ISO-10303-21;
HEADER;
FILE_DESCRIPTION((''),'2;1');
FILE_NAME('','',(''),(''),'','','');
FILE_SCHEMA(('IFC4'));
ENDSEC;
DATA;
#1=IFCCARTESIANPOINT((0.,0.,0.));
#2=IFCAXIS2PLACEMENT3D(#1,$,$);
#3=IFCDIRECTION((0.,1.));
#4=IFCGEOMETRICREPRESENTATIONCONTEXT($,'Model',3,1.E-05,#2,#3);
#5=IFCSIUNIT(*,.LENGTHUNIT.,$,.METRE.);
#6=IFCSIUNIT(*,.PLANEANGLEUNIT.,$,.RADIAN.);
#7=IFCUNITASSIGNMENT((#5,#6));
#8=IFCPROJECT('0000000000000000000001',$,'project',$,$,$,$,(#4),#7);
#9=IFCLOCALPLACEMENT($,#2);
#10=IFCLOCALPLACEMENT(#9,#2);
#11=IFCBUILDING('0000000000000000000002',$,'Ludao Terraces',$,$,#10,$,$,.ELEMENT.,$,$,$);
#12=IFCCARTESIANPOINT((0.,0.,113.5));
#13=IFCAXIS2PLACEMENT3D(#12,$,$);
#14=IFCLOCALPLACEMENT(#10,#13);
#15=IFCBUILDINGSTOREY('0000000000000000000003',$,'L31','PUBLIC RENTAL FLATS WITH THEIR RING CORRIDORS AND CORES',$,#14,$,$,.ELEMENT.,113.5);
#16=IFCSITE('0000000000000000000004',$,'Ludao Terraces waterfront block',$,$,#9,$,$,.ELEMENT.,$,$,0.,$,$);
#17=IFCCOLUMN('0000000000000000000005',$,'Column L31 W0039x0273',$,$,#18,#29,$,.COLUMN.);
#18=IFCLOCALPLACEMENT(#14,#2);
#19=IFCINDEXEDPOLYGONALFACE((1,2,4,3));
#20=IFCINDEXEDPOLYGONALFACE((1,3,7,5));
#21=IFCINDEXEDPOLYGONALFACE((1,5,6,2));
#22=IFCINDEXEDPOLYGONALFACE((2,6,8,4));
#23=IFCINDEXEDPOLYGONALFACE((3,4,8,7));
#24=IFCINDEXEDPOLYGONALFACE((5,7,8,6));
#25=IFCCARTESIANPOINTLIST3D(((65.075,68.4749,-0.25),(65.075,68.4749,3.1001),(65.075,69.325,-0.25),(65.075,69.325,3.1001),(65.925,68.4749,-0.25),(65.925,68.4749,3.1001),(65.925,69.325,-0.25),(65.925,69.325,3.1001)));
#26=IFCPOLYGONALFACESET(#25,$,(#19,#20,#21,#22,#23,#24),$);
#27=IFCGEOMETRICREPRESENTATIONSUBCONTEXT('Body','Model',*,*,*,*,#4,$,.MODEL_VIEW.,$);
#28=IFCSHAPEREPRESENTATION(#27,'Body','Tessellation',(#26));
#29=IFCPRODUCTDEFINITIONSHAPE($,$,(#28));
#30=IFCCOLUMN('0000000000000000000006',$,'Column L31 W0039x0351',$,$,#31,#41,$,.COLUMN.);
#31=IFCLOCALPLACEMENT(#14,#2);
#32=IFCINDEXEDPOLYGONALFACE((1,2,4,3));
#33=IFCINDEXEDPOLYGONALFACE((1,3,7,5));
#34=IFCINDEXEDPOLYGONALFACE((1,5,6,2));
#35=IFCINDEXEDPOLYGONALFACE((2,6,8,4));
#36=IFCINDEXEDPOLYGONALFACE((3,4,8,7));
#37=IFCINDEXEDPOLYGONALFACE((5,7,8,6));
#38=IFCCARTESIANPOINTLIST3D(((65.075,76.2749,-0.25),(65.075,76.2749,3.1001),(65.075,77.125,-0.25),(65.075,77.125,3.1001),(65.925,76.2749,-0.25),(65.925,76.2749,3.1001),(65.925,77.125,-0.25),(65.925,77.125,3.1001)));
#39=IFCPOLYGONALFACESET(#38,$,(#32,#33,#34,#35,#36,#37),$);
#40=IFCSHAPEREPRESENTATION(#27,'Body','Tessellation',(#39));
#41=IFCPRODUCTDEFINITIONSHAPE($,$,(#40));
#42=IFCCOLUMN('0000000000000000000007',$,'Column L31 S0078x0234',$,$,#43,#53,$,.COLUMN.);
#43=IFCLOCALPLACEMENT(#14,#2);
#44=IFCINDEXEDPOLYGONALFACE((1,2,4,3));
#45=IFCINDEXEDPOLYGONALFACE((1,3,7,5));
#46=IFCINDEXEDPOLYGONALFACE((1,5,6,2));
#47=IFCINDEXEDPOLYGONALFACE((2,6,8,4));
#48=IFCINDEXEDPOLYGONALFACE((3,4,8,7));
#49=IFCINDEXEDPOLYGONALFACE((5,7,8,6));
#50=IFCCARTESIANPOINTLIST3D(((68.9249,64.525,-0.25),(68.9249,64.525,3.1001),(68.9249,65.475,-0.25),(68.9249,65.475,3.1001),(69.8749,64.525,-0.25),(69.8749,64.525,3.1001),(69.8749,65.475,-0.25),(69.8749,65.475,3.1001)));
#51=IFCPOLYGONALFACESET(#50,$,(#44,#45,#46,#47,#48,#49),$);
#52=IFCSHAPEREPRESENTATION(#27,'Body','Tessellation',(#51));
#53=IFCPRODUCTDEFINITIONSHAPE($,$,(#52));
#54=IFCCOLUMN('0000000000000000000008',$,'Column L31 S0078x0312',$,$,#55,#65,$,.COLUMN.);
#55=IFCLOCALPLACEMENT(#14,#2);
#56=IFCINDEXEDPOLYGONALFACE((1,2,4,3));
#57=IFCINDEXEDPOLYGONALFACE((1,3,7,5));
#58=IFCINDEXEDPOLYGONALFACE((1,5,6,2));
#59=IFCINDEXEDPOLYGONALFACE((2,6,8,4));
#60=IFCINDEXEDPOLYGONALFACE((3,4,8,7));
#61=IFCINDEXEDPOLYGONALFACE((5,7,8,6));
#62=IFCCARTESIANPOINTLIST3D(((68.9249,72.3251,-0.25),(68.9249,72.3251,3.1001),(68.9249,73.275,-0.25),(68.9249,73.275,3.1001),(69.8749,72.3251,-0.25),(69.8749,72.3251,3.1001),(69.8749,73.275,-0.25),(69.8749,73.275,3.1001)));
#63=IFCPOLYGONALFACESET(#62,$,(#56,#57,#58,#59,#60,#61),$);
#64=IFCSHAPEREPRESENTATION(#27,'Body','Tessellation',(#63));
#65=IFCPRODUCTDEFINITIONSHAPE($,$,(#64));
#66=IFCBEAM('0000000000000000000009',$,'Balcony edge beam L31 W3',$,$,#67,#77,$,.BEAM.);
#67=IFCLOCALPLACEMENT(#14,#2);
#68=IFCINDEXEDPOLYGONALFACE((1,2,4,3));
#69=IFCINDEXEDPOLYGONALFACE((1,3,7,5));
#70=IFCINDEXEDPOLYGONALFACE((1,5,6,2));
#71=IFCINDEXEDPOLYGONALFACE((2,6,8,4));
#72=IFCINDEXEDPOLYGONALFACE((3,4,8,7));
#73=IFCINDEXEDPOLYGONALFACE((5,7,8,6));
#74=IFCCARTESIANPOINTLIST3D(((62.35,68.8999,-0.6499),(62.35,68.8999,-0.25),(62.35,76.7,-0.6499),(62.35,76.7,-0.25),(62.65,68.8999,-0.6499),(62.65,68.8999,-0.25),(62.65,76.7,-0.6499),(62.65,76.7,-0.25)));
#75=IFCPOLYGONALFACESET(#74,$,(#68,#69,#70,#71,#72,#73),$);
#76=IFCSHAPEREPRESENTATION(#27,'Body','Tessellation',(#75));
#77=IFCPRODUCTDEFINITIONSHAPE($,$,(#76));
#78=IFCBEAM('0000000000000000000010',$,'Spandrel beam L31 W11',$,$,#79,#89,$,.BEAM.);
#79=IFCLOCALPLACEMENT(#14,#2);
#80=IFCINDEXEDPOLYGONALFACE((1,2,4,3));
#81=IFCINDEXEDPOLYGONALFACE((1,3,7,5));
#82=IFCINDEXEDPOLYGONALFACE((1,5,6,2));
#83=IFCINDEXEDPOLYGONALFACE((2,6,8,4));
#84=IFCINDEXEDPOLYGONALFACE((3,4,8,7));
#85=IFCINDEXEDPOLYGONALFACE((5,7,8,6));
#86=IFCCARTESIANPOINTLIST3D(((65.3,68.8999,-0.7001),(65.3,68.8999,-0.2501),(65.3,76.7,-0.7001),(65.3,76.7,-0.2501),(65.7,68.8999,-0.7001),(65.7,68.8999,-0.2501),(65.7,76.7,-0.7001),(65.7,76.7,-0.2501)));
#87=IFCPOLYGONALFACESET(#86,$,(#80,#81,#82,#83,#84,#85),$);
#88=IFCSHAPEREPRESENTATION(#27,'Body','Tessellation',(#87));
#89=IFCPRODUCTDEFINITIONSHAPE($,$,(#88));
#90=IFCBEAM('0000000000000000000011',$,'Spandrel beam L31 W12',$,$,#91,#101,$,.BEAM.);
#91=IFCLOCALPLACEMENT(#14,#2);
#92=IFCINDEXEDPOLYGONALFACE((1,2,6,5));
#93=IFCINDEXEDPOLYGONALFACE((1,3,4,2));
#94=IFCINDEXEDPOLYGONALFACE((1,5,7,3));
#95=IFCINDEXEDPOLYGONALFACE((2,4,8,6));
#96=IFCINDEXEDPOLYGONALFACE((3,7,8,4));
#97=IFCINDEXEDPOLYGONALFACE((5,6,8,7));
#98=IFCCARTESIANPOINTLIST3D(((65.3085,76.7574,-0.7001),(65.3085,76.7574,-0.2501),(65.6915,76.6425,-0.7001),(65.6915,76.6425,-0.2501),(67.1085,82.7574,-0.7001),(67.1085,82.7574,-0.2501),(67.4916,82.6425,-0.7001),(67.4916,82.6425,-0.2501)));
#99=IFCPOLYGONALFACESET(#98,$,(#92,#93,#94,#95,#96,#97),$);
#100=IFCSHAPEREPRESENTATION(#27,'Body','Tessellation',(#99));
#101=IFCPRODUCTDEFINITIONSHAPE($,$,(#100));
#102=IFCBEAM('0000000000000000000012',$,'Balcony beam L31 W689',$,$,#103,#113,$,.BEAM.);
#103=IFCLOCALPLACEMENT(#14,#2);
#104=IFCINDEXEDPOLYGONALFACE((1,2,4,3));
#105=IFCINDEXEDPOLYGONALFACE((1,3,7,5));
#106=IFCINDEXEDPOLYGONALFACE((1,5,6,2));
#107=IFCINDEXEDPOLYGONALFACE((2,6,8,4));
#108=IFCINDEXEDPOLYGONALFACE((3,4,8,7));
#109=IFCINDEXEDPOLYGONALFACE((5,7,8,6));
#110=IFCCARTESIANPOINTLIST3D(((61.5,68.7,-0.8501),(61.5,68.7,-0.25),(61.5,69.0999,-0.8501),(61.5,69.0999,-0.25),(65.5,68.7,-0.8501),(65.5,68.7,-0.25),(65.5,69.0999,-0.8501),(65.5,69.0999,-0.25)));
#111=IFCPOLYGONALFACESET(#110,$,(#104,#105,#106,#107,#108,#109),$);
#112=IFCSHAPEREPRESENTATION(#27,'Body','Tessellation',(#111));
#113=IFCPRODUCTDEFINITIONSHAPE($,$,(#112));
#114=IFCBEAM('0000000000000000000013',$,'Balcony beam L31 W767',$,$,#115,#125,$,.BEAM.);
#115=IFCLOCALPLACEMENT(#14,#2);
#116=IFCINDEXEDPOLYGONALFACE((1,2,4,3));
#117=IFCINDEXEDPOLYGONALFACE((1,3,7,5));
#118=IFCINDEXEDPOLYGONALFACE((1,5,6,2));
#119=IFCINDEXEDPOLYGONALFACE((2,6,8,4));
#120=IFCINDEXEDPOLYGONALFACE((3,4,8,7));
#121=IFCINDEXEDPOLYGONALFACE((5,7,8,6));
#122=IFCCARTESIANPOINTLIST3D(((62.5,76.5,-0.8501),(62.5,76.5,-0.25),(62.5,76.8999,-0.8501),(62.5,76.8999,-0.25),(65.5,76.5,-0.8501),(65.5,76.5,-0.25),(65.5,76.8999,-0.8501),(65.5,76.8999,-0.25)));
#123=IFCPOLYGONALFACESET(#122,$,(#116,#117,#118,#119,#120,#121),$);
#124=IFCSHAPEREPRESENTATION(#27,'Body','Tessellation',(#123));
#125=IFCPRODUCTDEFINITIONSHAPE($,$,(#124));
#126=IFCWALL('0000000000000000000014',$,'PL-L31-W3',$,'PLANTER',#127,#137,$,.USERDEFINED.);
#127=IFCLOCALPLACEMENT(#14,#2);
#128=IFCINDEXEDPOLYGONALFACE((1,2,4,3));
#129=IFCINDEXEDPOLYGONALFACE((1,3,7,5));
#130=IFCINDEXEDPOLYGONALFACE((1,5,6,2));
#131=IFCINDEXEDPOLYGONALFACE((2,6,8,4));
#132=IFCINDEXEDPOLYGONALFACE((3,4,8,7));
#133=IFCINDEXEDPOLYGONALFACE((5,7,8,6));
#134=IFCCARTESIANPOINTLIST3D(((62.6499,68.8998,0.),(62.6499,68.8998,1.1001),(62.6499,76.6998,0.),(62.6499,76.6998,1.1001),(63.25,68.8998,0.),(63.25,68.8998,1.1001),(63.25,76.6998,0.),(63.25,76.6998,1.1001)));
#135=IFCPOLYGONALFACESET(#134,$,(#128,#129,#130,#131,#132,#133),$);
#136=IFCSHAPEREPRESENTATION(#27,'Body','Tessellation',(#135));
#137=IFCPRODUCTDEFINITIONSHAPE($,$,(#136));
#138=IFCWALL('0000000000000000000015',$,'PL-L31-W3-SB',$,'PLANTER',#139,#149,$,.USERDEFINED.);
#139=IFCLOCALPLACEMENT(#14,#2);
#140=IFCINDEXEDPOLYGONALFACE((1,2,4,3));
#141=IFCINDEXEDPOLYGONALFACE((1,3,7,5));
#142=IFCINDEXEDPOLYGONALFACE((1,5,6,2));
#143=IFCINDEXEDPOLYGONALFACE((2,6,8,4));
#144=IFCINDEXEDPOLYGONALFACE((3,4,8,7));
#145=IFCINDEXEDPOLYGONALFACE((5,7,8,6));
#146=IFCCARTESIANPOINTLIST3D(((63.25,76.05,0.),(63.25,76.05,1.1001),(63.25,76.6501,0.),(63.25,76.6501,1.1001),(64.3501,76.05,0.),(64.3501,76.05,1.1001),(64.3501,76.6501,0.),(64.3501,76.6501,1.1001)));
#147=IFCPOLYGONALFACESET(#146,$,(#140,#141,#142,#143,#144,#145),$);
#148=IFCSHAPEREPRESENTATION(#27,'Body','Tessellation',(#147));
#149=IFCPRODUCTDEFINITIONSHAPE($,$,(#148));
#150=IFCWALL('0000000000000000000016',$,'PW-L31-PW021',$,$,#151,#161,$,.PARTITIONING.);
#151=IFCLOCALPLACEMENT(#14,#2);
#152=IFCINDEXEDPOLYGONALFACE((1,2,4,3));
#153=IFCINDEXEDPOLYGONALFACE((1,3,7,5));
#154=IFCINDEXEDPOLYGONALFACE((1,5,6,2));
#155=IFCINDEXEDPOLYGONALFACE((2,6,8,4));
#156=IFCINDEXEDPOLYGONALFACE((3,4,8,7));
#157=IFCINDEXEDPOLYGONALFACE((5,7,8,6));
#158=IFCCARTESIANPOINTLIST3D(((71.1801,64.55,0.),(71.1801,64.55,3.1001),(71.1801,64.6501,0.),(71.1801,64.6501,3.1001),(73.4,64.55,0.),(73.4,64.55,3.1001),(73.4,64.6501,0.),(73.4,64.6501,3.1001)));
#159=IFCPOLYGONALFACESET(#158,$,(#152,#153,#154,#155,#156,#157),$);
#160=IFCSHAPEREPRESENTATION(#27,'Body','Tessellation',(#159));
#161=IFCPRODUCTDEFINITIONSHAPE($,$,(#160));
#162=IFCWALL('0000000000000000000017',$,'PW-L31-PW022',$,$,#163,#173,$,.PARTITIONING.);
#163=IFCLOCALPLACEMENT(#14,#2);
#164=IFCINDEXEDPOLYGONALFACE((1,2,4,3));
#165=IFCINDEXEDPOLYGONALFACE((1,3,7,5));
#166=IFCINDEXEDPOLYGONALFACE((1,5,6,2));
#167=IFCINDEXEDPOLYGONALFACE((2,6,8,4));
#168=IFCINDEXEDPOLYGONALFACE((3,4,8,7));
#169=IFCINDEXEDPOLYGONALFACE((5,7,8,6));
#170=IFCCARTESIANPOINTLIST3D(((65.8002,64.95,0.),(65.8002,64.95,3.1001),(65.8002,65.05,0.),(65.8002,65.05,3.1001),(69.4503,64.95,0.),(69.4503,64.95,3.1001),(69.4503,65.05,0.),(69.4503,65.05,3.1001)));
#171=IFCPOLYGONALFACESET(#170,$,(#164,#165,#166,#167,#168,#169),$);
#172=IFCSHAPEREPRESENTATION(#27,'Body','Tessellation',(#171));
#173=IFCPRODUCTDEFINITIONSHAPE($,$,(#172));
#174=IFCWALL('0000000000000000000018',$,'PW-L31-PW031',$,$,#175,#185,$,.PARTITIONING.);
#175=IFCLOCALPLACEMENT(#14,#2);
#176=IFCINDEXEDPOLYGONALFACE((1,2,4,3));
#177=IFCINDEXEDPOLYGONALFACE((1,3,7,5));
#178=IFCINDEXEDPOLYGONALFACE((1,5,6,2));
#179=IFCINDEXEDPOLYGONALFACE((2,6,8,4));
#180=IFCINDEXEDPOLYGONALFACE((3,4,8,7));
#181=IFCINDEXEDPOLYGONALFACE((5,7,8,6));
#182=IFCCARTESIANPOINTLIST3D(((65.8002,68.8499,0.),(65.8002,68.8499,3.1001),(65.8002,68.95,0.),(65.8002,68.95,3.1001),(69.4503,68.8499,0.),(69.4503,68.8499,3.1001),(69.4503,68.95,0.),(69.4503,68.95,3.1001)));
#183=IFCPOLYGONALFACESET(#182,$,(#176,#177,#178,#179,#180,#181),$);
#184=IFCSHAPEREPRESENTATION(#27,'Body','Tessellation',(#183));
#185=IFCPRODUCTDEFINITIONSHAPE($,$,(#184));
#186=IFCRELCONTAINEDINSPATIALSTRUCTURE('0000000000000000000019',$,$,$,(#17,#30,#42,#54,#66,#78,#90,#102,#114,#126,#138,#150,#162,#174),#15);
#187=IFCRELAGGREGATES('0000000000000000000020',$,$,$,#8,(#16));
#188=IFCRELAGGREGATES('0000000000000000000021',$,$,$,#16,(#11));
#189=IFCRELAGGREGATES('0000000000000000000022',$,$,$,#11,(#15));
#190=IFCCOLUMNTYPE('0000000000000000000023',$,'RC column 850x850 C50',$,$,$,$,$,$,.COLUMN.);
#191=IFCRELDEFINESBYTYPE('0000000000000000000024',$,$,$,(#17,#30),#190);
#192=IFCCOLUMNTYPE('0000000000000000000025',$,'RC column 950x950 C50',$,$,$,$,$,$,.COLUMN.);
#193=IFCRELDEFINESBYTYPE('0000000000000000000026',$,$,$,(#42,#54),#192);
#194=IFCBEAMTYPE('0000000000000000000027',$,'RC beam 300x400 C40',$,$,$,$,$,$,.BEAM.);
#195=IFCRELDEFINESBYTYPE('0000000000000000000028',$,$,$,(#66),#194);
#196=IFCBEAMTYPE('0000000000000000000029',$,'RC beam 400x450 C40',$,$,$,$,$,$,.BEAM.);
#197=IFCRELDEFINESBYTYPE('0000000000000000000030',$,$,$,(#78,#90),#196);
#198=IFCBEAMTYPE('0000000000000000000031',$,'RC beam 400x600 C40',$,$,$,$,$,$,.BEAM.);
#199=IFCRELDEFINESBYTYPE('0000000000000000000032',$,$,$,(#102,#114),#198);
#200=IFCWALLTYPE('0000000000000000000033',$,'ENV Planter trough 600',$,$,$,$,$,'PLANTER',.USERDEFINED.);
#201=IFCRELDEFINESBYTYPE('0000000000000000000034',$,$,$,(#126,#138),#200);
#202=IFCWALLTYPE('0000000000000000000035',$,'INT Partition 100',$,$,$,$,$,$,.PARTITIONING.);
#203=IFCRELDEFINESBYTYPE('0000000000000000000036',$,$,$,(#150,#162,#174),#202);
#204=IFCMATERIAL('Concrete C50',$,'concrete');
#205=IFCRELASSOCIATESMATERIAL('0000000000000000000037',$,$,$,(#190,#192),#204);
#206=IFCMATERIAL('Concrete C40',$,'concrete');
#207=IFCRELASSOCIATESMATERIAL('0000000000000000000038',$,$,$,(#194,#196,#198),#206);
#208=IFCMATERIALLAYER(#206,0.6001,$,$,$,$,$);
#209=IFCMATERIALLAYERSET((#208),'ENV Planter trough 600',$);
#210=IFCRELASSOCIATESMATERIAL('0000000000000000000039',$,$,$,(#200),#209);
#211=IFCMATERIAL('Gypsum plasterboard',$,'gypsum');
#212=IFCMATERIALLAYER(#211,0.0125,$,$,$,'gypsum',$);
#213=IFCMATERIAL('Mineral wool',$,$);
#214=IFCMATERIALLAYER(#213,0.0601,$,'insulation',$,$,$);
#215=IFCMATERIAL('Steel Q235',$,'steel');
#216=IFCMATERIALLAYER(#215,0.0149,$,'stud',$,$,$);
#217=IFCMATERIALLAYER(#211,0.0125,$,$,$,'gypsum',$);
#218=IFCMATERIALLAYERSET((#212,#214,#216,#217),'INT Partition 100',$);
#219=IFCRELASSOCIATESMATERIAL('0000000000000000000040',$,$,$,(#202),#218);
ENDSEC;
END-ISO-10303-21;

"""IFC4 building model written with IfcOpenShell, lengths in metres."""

from ifc_helpers import new_model, si_unit, direction, frame, frame_2d, origin, origin_2d, place, context, subcontext, project, spatial, rectangle, extrude, material, layer, layer_set, material_profile, profile_set, type_object, element, save


model = new_model("IFC4")

# Units and contexts
model_context = context("Model", 3, precision=1e-05, world=origin(), true_north=direction((0.0, 1.0)))
body_context = subcontext(model_context, "Body", "Model", "MODEL_VIEW")
ifc_project = project(units=[si_unit("LENGTHUNIT", "METRE"), si_unit("PLANEANGLEUNIT", "RADIAN")], contexts=[model_context])

# Site, building, storey
site_placement = place(None, origin())
site = spatial("IfcSite", under=ifc_project, at=site_placement, Name="Ludao Terraces waterfront block", CompositionType="ELEMENT", RefElevation=0.0)
building_placement = place(site_placement, origin())
building = spatial("IfcBuilding", under=site, at=building_placement, Name="Ludao Terraces", CompositionType="ELEMENT")
storey_placement = place(building_placement, frame((0.0, 0.0, 113.5)))
storey = spatial("IfcBuildingStorey", under=building, at=storey_placement, Name="L31", Description="PUBLIC RENTAL FLATS WITH THEIR RING CORRIDORS AND CORES", CompositionType="ELEMENT", Elevation=113.5)

# Columns
ifc_material_1 = material(Name="Concrete C50", Category="concrete")
ifc_material_profile_1 = material_profile(ifc_material_1, rectangle(XDim=0.8501, YDim=0.8501, at=origin_2d()), Name="850 X 850")
ifc_profile_set_1 = profile_set([ifc_material_profile_1], Name="Concrete C50")
column_type_1 = type_object("IfcColumnType", Name="RC column 850x850 C50", PredefinedType="COLUMN", material=ifc_profile_set_1)
for number, where, z_axis, x_axis, name in (
    (1, (65.5, 68.8999, -0.25), (0.0, 0.0, 1.0), (1.0, 0.0, 0.0), "Column L31 W0039x0273"),
    (2, (65.5, 76.7, -0.25), (0.0, 0.0, 1.0), (1.0, 0.0, 0.0), "Column L31 W0039x0351"),
):
    element("IfcColumn", number, at=place(storey_placement, frame(where, z_axis=z_axis, x_axis=x_axis)), inside=storey, type_object=column_type_1, Name=name, PredefinedType="COLUMN", context=body_context, shape_type="SweptSolid", body=[
        extrude(rectangle(XDim=0.8501, YDim=0.8501, at=origin_2d()), origin(), (0.0, 0.0, 1.0), 3.3501),
    ])
ifc_material_profile_2 = material_profile(ifc_material_1, rectangle(XDim=0.95, YDim=0.95, at=origin_2d()), Name="950 X 950")
ifc_profile_set_2 = profile_set([ifc_material_profile_2], Name="Concrete C50")
column_type_2 = type_object("IfcColumnType", Name="RC column 950x950 C50", PredefinedType="COLUMN", material=ifc_profile_set_2)
for number, where, z_axis, x_axis, name in (
    (3, (69.3999, 65.0, -0.25), (0.0, 0.0, 1.0), (1.0, 0.0, 0.0), "Column L31 S0078x0234"),
    (4, (69.3999, 72.8, -0.25), (0.0, 0.0, 1.0), (1.0, 0.0, 0.0), "Column L31 S0078x0312"),
):
    element("IfcColumn", number, at=place(storey_placement, frame(where, z_axis=z_axis, x_axis=x_axis)), inside=storey, type_object=column_type_2, Name=name, PredefinedType="COLUMN", context=body_context, shape_type="SweptSolid", body=[
        extrude(rectangle(XDim=0.95, YDim=0.95, at=origin_2d()), origin(), (0.0, 0.0, 1.0), 3.3501),
    ])

# Beams
ifc_material_2 = material(Name="Concrete C40", Category="concrete")
ifc_material_profile_3 = material_profile(ifc_material_2, rectangle(XDim=0.3, YDim=0.3999, at=origin_2d()), Name="300 X 400")
ifc_profile_set_3 = profile_set([ifc_material_profile_3], Name="Concrete C40")
beam_type_1 = type_object("IfcBeamType", Name="RC beam 300x400 C40", PredefinedType="BEAM", material=ifc_profile_set_3)
beam_1_placement = place(storey_placement, frame((62.5, 68.8999, -0.45), z_axis=(0.0, 1.0, 0.0), x_axis=(-1.0, 0.0, 0.0)))
element("IfcBeam", 5, at=beam_1_placement, inside=storey, type_object=beam_type_1, Name="Balcony edge beam L31 W3", PredefinedType="BEAM", context=body_context, shape_type="SweptSolid", body=[
    extrude(rectangle(XDim=0.3, YDim=0.3999, at=origin_2d()), origin(), (0.0, 0.0, 1.0), 7.8),
])
ifc_material_profile_4 = material_profile(ifc_material_2, rectangle(XDim=0.3999, YDim=0.45, at=origin_2d()), Name="400 X 450")
ifc_profile_set_4 = profile_set([ifc_material_profile_4], Name="Concrete C40")
beam_type_2 = type_object("IfcBeamType", Name="RC beam 400x450 C40", PredefinedType="BEAM", material=ifc_profile_set_4)
beam_2_placement = place(storey_placement, frame((65.5, 68.8999, -0.4751), z_axis=(0.0, 1.0, 0.0), x_axis=(-1.0, 0.0, 0.0)))
element("IfcBeam", 6, at=beam_2_placement, inside=storey, type_object=beam_type_2, Name="Spandrel beam L31 W11", PredefinedType="BEAM", context=body_context, shape_type="SweptSolid", body=[
    extrude(rectangle(XDim=0.3999, YDim=0.45, at=origin_2d()), origin(), (0.0, 0.0, 1.0), 7.8),
])
beam_3_placement = place(storey_placement, frame((65.5, 76.7, -0.4751), z_axis=(0.287355, 0.957824, 0.0), x_axis=(-0.957824, 0.287355, 0.0)))
element("IfcBeam", 7, at=beam_3_placement, inside=storey, type_object=beam_type_2, Name="Spandrel beam L31 W12", PredefinedType="BEAM", context=body_context, shape_type="SweptSolid", body=[
    extrude(rectangle(XDim=0.3999, YDim=0.45, at=origin_2d()), origin(), (0.0, 0.0, 1.0), 6.2642),
])
ifc_material_profile_5 = material_profile(ifc_material_2, rectangle(XDim=0.3999, YDim=0.6001, at=origin_2d()), Name="400 X 600")
ifc_profile_set_5 = profile_set([ifc_material_profile_5], Name="Concrete C40")
beam_type_3 = type_object("IfcBeamType", Name="RC beam 400x600 C40", PredefinedType="BEAM", material=ifc_profile_set_5)
beam_4_placement = place(storey_placement, frame((65.5, 68.8999, -0.55), z_axis=(-1.0, 0.0, 0.0), x_axis=(0.0, -1.0, 0.0)))
element("IfcBeam", 8, at=beam_4_placement, inside=storey, type_object=beam_type_3, Name="Balcony beam L31 W689", PredefinedType="BEAM", context=body_context, shape_type="SweptSolid", body=[
    extrude(rectangle(XDim=0.3999, YDim=0.6001, at=origin_2d()), origin(), (0.0, 0.0, 1.0), 4.0),
])
beam_5_placement = place(storey_placement, frame((65.5, 76.7, -0.55), z_axis=(-1.0, 0.0, 0.0), x_axis=(0.0, -1.0, 0.0)))
element("IfcBeam", 9, at=beam_5_placement, inside=storey, type_object=beam_type_3, Name="Balcony beam L31 W767", PredefinedType="BEAM", context=body_context, shape_type="SweptSolid", body=[
    extrude(rectangle(XDim=0.3999, YDim=0.6001, at=origin_2d()), origin(), (0.0, 0.0, 1.0), 3.0),
])

# Walls
ifc_layer_1 = layer(ifc_material_2, 0.6001)
ifc_layer_set_1 = layer_set([ifc_layer_1], Name="ENV Planter trough 600")
wall_type_1 = type_object("IfcWallType", Name="ENV Planter trough 600", ElementType="PLANTER", PredefinedType="USERDEFINED", material=ifc_layer_set_1)
wall_1_placement = place(storey_placement, frame((62.95, 68.8999, 0.0), z_axis=(0.0, 0.0, 1.0), x_axis=(0.0, 1.0, 0.0)))
element("IfcWall", 10, at=wall_1_placement, inside=storey, type_object=wall_type_1, Name="PL-L31-W3", ObjectType="PLANTER", PredefinedType="USERDEFINED", context=body_context, shape_type="SweptSolid", body=[
    extrude(rectangle(XDim=7.8, YDim=0.6001, at=frame_2d((3.8999, 0.0))), origin(), (0.0, 0.0, 1.0), 1.1001),
])
wall_2_placement = place(storey_placement, frame((63.25, 76.3501, 0.0), z_axis=(0.0, 0.0, 1.0), x_axis=(1.0, 0.0, 0.0)))
element("IfcWall", 11, at=wall_2_placement, inside=storey, type_object=wall_type_1, Name="PL-L31-W3-SB", ObjectType="PLANTER", PredefinedType="USERDEFINED", context=body_context, shape_type="SweptSolid", body=[
    extrude(rectangle(XDim=1.1001, YDim=0.6001, at=frame_2d((0.55, 0.0))), origin(), (0.0, 0.0, 1.0), 1.1001),
])

# Shared definitions
ifc_material_3 = material(Name="Mineral wool")

# Walls
ifc_material_4 = material(Name="Gypsum plasterboard", Category="gypsum")
ifc_layer_2 = layer(ifc_material_4, 0.0125, Category="gypsum")
ifc_layer_3 = layer(ifc_material_3, 0.0601, Name="insulation")
ifc_material_5 = material(Name="Steel Q235", Category="steel")
ifc_layer_4 = layer(ifc_material_5, 0.0149, Name="stud")
ifc_layer_5 = layer(ifc_material_4, 0.0125, Category="gypsum")
ifc_layer_set_2 = layer_set([ifc_layer_2, ifc_layer_3, ifc_layer_4, ifc_layer_5], Name="INT Partition 100")
wall_type_2 = type_object("IfcWallType", Name="INT Partition 100", PredefinedType="PARTITIONING", material=ifc_layer_set_2)
wall_3_placement = place(storey_placement, frame((71.1802, 64.6001, 0.0), z_axis=(0.0, 0.0, 1.0), x_axis=(1.0, 0.0, 0.0)))
element("IfcWall", 12, at=wall_3_placement, inside=storey, type_object=wall_type_2, Name="PW-L31-PW021", PredefinedType="PARTITIONING", context=body_context, shape_type="SweptSolid", body=[
    extrude(rectangle(XDim=2.22, YDim=0.1001, at=frame_2d((1.1099, 0.0))), origin(), (0.0, 0.0, 1.0), 3.1001),
])
for number, where, z_axis, x_axis, name in (
    (13, (65.8, 65.0, 0.0), (0.0, 0.0, 1.0), (1.0, 0.0, 0.0), "PW-L31-PW022"),
    (14, (65.8, 68.8999, 0.0), (0.0, 0.0, 1.0), (1.0, 0.0, 0.0), "PW-L31-PW031"),
):
    element("IfcWall", number, at=place(storey_placement, frame(where, z_axis=z_axis, x_axis=x_axis)), inside=storey, type_object=wall_type_2, Name=name, PredefinedType="PARTITIONING", context=body_context, shape_type="SweptSolid", body=[
        extrude(rectangle(XDim=3.6501, YDim=0.1001, at=frame_2d((1.8252, 0.0))), origin(), (0.0, 0.0, 1.0), 3.1001),
    ])

save(model, "model.ifc")
